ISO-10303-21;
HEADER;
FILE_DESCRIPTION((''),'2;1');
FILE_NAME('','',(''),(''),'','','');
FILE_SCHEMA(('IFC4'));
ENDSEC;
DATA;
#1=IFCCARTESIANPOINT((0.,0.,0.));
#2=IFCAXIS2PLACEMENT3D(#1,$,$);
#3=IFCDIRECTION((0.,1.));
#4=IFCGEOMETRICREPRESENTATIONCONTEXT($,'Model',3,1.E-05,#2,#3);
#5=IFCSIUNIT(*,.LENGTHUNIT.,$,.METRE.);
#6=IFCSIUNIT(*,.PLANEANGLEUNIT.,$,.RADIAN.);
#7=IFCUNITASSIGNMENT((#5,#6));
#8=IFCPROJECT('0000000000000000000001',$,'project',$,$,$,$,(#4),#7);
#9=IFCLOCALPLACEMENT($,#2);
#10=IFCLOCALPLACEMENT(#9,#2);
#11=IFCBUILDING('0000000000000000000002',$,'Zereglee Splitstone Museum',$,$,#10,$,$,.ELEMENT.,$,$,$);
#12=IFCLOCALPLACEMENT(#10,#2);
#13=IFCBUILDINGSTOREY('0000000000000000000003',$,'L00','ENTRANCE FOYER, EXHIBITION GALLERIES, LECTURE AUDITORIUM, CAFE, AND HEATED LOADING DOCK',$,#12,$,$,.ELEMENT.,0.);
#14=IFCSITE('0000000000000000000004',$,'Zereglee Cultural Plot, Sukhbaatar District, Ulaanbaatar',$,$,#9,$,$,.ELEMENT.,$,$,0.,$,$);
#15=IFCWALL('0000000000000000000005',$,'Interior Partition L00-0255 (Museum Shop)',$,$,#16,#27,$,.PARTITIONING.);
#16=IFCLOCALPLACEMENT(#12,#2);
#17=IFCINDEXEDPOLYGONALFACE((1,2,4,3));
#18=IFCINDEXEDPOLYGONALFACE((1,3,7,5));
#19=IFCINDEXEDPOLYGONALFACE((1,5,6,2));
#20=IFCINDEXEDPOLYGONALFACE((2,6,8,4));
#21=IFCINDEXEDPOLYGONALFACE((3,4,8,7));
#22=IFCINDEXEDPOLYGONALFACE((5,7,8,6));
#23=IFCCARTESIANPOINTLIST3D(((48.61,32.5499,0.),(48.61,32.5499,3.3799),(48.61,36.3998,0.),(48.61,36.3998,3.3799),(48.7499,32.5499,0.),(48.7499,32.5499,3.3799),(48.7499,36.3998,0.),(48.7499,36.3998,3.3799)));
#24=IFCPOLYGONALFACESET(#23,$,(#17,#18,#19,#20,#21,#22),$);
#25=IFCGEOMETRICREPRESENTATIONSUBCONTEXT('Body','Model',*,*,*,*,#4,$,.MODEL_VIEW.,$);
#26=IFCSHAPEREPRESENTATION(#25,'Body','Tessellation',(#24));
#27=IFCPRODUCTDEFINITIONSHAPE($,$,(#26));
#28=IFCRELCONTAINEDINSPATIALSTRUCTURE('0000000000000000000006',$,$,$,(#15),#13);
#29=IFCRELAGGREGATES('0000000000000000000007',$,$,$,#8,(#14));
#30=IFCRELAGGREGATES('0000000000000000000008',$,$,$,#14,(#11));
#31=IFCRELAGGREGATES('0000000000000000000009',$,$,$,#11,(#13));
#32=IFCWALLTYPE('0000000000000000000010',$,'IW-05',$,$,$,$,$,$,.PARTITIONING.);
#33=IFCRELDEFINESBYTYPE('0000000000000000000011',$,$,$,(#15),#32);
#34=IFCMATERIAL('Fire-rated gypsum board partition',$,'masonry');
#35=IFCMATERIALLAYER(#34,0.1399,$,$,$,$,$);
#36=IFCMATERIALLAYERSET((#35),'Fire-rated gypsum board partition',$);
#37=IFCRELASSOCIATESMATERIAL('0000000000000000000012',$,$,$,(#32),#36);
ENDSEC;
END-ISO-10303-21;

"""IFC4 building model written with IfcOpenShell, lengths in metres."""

from ifc_helpers import new_model, si_unit, direction, frame, frame_2d, origin, place, context, subcontext, project, spatial, rectangle, extrude, material, layer, layer_set, type_object, element, save


model = new_model("IFC4")

# Units and contexts
model_context = context("Model", 3, precision=1e-05, world=origin(), true_north=direction((0.0, 1.0)))
body_context = subcontext(model_context, "Body", "Model", "MODEL_VIEW")
ifc_project = project(units=[si_unit("LENGTHUNIT", "METRE"), si_unit("PLANEANGLEUNIT", "RADIAN")], contexts=[model_context])

# Site, building, storey
site_placement = place(None, origin())
site = spatial("IfcSite", under=ifc_project, at=site_placement, Name="Zereglee Cultural Plot, Sukhbaatar District, Ulaanbaatar", CompositionType="ELEMENT", RefElevation=0.0)
building_placement = place(site_placement, origin())
building = spatial("IfcBuilding", under=site, at=building_placement, Name="Zereglee Splitstone Museum", CompositionType="ELEMENT")
storey_placement = place(building_placement, origin())
storey = spatial("IfcBuildingStorey", under=building, at=storey_placement, Name="L00", Description="ENTRANCE FOYER, EXHIBITION GALLERIES, LECTURE AUDITORIUM, CAFE, AND HEATED LOADING DOCK", CompositionType="ELEMENT", Elevation=0.0)

# Shared definitions
ifc_material_1 = material(Name="Fire-rated gypsum board partition", Category="masonry")

# Shared definitions
ifc_layer_1 = layer(ifc_material_1, 0.1399)
ifc_layer_set_1 = layer_set([ifc_layer_1], Name="Fire-rated gypsum board partition")
wall_type_1 = type_object("IfcWallType", Name="IW-05", PredefinedType="PARTITIONING", material=ifc_layer_set_1)

# Wall
wall_1_placement = place(storey_placement, frame((48.6799, 32.55, 0.0), z_axis=(0.0, 0.0, 1.0), x_axis=(0.0, 1.0, 0.0)))
element("IfcWall", 1, at=wall_1_placement, inside=storey, type_object=wall_type_1, Name="Interior Partition L00-0255 (Museum Shop)", PredefinedType="PARTITIONING", context=body_context, shape_type="SweptSolid", body=[
    extrude(rectangle(XDim=3.8499, YDim=0.1399, at=frame_2d((1.9248, 0.0))), origin(), (0.0, 0.0, 1.0), 3.3799),
])

save(model, "model.ifc")
